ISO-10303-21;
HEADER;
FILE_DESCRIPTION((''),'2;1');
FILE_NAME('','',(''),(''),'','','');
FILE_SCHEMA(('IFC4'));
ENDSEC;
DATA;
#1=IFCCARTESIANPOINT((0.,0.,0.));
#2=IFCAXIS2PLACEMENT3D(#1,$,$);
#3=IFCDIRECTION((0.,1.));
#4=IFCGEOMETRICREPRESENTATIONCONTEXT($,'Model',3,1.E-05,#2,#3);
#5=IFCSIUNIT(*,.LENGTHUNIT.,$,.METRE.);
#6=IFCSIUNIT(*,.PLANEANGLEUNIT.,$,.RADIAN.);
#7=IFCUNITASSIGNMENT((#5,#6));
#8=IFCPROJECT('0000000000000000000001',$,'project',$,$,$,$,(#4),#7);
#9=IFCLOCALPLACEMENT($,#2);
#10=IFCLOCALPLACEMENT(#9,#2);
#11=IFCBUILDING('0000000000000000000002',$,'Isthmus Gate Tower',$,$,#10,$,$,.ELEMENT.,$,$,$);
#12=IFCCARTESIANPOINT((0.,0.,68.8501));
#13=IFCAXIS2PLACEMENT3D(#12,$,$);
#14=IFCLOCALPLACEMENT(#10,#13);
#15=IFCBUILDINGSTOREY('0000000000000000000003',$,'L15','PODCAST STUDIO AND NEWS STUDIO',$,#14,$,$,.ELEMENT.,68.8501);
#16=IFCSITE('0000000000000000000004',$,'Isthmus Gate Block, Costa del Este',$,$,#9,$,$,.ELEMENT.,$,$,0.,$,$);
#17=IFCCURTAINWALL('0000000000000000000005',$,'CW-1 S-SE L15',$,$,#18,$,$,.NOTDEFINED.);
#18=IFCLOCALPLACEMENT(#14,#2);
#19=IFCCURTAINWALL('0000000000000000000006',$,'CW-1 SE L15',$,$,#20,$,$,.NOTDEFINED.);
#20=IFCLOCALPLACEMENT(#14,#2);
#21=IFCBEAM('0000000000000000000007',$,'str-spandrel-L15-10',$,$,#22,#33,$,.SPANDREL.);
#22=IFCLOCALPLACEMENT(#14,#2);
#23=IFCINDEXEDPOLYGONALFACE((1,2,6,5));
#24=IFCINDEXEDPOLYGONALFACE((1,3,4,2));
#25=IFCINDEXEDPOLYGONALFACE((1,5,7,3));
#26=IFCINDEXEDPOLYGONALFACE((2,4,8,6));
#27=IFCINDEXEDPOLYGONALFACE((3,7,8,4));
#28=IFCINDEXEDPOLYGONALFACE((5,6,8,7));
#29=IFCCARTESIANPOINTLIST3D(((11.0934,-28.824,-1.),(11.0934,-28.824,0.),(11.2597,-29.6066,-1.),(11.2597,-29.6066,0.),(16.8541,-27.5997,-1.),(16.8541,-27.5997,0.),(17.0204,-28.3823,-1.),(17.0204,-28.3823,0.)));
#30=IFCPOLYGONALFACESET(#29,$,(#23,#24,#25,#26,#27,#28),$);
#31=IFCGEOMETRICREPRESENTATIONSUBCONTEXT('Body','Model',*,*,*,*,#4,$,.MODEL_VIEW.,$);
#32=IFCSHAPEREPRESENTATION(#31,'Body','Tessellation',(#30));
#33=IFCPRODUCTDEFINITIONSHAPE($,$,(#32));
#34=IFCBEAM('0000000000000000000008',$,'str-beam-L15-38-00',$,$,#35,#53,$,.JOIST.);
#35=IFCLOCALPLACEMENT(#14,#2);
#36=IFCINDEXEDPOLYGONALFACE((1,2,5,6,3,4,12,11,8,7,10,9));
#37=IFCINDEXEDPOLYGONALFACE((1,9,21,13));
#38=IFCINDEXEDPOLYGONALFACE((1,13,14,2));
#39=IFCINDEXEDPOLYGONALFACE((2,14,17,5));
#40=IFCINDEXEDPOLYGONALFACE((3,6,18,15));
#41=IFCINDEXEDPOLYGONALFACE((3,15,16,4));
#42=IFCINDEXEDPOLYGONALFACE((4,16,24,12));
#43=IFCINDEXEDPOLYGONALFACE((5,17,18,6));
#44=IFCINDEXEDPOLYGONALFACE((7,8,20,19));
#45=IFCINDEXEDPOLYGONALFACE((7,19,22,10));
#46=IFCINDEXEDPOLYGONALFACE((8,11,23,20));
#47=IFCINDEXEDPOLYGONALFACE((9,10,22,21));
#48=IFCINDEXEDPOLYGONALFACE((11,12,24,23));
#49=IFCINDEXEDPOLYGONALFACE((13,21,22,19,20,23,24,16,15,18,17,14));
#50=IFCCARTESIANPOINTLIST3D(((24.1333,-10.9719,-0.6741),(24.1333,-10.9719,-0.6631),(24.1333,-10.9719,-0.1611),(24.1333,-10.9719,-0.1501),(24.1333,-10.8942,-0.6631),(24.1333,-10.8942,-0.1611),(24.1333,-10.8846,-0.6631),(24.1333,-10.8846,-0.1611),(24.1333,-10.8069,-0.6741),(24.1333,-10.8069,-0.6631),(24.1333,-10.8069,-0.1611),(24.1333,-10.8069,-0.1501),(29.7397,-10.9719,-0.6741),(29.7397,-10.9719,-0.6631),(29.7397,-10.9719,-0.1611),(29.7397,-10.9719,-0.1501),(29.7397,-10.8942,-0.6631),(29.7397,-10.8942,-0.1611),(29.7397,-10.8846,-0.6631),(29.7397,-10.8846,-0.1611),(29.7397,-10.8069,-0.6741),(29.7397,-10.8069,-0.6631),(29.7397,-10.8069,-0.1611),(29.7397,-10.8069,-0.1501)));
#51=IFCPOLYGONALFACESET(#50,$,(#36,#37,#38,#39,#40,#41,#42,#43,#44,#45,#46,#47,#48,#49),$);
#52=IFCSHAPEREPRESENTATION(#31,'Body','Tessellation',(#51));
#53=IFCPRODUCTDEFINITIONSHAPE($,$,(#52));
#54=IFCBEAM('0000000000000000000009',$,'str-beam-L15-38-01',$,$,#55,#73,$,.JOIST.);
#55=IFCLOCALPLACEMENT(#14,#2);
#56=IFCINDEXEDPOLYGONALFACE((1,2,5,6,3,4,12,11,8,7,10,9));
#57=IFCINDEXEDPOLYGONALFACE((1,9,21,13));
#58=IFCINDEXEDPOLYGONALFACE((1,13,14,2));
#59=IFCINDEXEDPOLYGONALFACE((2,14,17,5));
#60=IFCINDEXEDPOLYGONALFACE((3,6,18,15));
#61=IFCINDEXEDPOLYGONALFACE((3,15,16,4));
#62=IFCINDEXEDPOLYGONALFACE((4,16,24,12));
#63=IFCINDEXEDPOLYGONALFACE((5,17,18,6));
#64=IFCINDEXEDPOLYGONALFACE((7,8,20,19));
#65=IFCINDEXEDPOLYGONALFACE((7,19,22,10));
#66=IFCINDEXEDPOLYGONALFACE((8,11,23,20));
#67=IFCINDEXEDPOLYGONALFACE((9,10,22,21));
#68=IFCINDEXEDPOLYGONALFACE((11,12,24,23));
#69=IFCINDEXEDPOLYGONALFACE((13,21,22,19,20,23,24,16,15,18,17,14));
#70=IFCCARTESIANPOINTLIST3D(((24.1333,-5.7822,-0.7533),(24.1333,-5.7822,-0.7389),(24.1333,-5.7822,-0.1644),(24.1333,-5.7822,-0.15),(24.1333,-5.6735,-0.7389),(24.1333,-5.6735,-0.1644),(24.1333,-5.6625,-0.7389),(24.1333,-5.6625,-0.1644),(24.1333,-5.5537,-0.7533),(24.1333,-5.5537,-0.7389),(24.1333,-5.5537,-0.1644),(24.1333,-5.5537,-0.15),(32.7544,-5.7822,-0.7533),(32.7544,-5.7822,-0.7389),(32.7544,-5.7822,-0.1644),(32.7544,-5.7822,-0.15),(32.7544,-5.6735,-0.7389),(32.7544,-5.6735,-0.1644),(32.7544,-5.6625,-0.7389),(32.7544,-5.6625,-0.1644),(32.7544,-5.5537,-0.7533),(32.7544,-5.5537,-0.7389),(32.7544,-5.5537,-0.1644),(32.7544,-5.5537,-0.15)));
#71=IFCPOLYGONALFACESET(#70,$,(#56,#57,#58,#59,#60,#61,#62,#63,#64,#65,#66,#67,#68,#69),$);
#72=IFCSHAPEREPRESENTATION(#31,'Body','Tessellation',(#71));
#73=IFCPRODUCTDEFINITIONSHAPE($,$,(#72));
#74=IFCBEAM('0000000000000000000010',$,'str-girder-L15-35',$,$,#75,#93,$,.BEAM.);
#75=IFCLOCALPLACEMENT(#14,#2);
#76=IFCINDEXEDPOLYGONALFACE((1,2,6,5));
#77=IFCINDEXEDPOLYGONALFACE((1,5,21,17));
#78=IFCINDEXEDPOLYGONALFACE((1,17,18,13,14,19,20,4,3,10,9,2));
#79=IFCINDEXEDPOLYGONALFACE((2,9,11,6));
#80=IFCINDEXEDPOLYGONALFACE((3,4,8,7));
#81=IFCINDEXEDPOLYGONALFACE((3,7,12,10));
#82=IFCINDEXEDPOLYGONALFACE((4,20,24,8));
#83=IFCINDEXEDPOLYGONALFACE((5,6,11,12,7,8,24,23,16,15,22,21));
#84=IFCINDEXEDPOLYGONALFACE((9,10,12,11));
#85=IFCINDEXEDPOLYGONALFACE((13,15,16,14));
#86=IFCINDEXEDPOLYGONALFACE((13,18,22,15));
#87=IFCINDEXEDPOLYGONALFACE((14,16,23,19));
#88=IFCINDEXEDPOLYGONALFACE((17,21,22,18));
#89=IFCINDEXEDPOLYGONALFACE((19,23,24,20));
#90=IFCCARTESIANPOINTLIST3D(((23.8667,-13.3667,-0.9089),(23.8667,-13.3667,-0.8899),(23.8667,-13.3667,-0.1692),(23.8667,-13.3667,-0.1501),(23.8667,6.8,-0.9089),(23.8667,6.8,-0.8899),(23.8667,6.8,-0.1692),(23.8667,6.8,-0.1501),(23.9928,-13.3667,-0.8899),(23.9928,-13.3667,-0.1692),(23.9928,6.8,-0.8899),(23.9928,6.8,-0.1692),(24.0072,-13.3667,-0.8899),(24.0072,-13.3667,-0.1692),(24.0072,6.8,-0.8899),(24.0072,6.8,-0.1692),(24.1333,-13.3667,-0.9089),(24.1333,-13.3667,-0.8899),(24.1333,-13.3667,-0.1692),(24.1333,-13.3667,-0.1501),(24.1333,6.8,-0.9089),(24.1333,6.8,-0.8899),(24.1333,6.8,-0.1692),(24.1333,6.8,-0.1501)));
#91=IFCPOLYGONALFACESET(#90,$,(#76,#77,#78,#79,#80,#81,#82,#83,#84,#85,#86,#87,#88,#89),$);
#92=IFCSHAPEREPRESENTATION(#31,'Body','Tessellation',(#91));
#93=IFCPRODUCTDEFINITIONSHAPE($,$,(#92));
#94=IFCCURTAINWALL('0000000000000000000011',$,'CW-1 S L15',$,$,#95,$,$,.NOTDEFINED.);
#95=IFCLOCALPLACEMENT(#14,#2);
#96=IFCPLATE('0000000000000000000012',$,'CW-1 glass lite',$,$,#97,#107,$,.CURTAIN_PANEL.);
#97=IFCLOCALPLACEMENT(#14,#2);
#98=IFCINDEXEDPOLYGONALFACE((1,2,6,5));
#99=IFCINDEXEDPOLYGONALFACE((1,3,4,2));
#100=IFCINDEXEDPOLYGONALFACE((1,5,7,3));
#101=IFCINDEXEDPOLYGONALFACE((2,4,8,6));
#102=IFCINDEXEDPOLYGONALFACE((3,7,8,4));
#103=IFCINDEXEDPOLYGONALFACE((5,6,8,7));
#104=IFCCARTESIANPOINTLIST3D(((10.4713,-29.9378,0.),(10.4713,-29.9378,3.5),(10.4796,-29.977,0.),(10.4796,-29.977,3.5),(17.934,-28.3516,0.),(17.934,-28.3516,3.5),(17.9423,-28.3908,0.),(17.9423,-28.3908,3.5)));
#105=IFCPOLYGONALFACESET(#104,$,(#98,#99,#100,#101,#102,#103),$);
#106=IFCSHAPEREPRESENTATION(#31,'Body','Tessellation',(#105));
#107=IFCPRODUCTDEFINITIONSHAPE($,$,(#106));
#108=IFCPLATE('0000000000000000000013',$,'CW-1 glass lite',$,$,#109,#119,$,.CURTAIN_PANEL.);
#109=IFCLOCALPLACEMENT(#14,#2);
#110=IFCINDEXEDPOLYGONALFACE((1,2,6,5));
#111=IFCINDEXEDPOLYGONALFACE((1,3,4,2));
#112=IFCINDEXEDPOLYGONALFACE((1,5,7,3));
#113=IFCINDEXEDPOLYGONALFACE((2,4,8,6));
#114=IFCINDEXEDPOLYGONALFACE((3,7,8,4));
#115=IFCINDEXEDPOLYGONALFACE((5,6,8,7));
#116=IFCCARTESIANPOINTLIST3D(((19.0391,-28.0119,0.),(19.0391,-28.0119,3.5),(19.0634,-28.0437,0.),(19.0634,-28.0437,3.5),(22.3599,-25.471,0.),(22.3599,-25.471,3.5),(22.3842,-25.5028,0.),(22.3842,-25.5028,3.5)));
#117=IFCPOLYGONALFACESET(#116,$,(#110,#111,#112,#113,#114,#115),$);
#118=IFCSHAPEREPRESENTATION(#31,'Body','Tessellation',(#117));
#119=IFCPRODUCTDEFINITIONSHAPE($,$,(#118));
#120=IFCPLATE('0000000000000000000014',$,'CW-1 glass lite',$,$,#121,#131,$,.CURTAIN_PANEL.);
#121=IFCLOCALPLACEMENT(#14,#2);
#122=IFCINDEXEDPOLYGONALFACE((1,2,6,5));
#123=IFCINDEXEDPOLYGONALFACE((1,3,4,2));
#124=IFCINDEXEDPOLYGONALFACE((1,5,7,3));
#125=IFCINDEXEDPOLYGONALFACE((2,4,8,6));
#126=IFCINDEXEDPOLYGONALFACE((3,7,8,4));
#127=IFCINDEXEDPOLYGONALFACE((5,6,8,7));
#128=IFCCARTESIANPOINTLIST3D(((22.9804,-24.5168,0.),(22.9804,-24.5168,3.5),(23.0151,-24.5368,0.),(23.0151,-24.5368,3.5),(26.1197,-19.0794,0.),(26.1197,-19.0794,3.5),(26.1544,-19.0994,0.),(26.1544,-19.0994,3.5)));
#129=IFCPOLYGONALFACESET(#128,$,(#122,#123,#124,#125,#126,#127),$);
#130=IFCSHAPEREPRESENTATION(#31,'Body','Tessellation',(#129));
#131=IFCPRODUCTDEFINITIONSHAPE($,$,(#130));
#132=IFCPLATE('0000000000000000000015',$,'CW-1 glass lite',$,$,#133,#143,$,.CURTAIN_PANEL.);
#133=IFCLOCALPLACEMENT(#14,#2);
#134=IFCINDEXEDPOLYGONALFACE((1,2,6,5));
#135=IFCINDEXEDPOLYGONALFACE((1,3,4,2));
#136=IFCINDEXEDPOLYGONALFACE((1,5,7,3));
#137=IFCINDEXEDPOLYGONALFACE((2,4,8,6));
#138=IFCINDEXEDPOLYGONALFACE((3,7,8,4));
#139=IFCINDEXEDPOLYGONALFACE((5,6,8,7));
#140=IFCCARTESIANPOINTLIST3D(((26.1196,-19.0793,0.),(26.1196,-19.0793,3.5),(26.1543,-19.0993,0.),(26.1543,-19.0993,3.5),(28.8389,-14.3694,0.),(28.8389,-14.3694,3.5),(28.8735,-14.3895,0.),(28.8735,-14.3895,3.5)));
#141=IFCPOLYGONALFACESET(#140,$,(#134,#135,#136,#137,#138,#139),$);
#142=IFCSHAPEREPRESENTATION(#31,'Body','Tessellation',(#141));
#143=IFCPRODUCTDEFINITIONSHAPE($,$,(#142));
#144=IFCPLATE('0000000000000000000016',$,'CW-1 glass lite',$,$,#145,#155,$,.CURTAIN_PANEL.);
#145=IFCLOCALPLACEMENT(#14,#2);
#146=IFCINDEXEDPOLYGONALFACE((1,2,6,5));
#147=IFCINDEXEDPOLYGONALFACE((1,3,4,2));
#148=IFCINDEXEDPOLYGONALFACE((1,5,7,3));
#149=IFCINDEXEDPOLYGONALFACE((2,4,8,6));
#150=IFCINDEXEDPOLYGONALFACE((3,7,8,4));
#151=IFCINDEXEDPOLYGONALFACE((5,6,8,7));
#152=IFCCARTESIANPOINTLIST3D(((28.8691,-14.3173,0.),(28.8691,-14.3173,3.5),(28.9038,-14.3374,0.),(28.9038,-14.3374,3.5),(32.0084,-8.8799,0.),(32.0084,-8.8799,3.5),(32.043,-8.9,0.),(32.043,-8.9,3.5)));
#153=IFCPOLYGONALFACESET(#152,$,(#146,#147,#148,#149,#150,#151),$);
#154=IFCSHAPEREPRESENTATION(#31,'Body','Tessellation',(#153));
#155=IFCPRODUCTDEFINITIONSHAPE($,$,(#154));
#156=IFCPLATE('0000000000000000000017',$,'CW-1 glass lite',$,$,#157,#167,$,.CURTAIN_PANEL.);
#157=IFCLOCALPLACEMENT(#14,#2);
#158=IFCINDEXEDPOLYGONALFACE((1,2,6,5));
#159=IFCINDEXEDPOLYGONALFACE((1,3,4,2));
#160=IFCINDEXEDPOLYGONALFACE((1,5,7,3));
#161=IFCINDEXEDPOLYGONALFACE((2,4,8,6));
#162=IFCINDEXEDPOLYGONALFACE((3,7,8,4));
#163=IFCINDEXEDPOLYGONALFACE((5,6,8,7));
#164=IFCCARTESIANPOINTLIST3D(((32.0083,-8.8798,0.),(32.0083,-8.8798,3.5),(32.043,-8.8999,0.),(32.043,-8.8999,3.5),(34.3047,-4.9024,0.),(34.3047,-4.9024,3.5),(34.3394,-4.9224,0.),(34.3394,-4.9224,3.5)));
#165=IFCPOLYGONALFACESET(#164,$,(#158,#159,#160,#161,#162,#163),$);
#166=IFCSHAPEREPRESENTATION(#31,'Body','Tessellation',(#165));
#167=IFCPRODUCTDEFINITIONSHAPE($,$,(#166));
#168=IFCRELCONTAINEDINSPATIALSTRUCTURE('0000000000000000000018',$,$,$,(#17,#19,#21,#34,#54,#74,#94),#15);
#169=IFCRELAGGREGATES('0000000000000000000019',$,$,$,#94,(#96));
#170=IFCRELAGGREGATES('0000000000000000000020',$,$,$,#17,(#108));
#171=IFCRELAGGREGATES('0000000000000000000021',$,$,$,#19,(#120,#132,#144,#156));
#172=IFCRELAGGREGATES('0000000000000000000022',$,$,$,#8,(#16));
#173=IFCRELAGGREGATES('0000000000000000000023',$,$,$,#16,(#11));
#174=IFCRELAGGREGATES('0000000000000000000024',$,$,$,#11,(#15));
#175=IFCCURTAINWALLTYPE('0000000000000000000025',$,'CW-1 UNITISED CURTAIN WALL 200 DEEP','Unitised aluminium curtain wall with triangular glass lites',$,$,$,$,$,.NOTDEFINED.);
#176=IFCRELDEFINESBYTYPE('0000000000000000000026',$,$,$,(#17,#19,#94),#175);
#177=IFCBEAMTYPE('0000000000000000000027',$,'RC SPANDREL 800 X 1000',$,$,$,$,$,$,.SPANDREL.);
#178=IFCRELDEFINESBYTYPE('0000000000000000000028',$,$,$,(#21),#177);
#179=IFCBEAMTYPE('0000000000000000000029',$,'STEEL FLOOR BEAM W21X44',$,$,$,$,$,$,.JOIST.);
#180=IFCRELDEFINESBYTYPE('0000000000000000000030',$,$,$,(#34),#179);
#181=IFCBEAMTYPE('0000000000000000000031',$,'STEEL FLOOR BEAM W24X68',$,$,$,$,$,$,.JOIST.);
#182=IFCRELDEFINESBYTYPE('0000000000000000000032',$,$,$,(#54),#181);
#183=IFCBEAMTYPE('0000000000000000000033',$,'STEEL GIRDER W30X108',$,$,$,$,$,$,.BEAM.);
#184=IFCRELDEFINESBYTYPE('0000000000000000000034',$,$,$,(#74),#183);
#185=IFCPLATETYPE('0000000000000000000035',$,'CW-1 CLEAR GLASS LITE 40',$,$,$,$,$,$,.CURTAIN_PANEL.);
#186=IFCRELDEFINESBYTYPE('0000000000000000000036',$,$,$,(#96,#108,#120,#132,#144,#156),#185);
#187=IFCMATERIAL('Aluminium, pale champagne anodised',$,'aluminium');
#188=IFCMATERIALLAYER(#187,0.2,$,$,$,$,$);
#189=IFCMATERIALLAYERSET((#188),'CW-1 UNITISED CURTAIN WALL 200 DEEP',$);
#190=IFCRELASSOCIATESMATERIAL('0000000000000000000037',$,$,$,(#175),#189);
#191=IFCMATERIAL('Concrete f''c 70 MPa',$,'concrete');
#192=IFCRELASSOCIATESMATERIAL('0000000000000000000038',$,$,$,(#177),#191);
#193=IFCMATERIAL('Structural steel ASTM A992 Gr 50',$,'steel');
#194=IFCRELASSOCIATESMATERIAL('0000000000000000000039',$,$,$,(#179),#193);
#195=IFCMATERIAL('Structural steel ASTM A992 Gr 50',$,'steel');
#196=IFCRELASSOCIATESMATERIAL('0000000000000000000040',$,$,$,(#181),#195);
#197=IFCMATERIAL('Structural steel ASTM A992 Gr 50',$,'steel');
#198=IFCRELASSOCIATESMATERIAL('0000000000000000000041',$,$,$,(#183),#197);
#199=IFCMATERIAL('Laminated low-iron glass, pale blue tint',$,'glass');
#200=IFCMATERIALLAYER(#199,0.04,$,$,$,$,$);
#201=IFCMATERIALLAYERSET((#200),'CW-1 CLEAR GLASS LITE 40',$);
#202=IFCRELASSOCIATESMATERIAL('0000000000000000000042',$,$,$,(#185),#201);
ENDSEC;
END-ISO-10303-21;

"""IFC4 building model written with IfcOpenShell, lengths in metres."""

from ifc_helpers import new_model, si_unit, direction, frame, origin, origin_2d, place, context, subcontext, project, spatial, rectangle, i_section, extrude, material, layer, layer_set, material_profile, profile_set, type_object, element, aggregate, save


model = new_model("IFC4")

# Units and contexts
model_context = context("Model", 3, precision=1e-05, world=origin(), true_north=direction((0.0, 1.0)))
body_context = subcontext(model_context, "Body", "Model", "MODEL_VIEW")
ifc_project = project(units=[si_unit("LENGTHUNIT", "METRE"), si_unit("PLANEANGLEUNIT", "RADIAN")], contexts=[model_context])

# Site, building, storey
site_placement = place(None, origin())
site = spatial("IfcSite", under=ifc_project, at=site_placement, Name="Isthmus Gate Block, Costa del Este", CompositionType="ELEMENT", RefElevation=0.0)
building_placement = place(site_placement, origin())
building = spatial("IfcBuilding", under=site, at=building_placement, Name="Isthmus Gate Tower", CompositionType="ELEMENT")
storey_placement = place(building_placement, frame((0.0, 0.0, 68.8501)))
storey = spatial("IfcBuildingStorey", under=building, at=storey_placement, Name="L15", Description="PODCAST STUDIO AND NEWS STUDIO", CompositionType="ELEMENT", Elevation=68.8501)

# Curtain wall
ifc_material_1 = material(Name="Aluminium, pale champagne anodised", Category="aluminium")
ifc_layer_1 = layer(ifc_material_1, 0.2)
ifc_layer_set_1 = layer_set([ifc_layer_1], Name="CW-1 UNITISED CURTAIN WALL 200 DEEP")
curtain_wall_type = type_object("IfcCurtainWallType", Name="CW-1 UNITISED CURTAIN WALL 200 DEEP", Description="Unitised aluminium curtain wall with triangular glass lites", PredefinedType="NOTDEFINED", material=ifc_layer_set_1)
curtain_wall_1_placement = place(storey_placement, origin())
curtain_wall_1 = element("IfcCurtainWall", 1, at=curtain_wall_1_placement, inside=storey, type_object=curtain_wall_type, Name="CW-1 S-SE L15", PredefinedType="NOTDEFINED")

# Curtain wall
curtain_wall_2_placement = place(storey_placement, origin())
curtain_wall_2 = element("IfcCurtainWall", 2, at=curtain_wall_2_placement, inside=storey, type_object=curtain_wall_type, Name="CW-1 SE L15", PredefinedType="NOTDEFINED")

# Beams
ifc_material_2 = material(Name="Concrete f'c 70 MPa", Category="concrete")
ifc_material_profile_1 = material_profile(ifc_material_2, rectangle(XDim=0.8, YDim=1.0, at=origin_2d()), Name="RC 800X1000")
ifc_profile_set_1 = profile_set([ifc_material_profile_1], Name="Concrete f'c 70 MPa")
beam_type_1 = type_object("IfcBeamType", Name="RC SPANDREL 800 X 1000", PredefinedType="SPANDREL", material=ifc_profile_set_1)
beam_1_placement = place(storey_placement, frame((16.9373, -27.991, -0.5), z_axis=(-0.978152, -0.207892, 0.0), x_axis=(0.207892, -0.978152, 0.0)))
element("IfcBeam", 3, at=beam_1_placement, inside=storey, type_object=beam_type_1, Name="str-spandrel-L15-10", PredefinedType="SPANDREL", context=body_context, shape_type="SweptSolid", body=[
    extrude(rectangle(XDim=0.8, YDim=1.0, at=origin_2d()), origin(), (0.0, 0.0, 1.0), 5.8894),
])
ifc_material_3 = material(Name="Structural steel ASTM A992 Gr 50", Category="steel")
ifc_material_profile_2 = material_profile(ifc_material_3, i_section(OverallWidth=0.165, OverallDepth=0.5239, WebThickness=0.0095, FlangeThickness=0.011, at=origin_2d()), Name="W21X44")
ifc_profile_set_2 = profile_set([ifc_material_profile_2], Name="Structural steel ASTM A992 Gr 50")
beam_type_2 = type_object("IfcBeamType", Name="STEEL FLOOR BEAM W21X44", PredefinedType="JOIST", material=ifc_profile_set_2)
beam_2_placement = place(storey_placement, frame((24.1333, -10.8894, -0.4121), z_axis=(1.0, 0.0, 0.0), x_axis=(0.0, 1.0, 0.0)))
element("IfcBeam", 4, at=beam_2_placement, inside=storey, type_object=beam_type_2, Name="str-beam-L15-38-00", PredefinedType="JOIST", context=body_context, shape_type="SweptSolid", body=[
    extrude(i_section(OverallWidth=0.165, OverallDepth=0.5239, WebThickness=0.0095, FlangeThickness=0.011, at=origin_2d()), origin(), (0.0, 0.0, 1.0), 5.6064),
])
ifc_material_4 = material(Name="Structural steel ASTM A992 Gr 50", Category="steel")
ifc_material_profile_3 = material_profile(ifc_material_4, i_section(OverallWidth=0.2285, OverallDepth=0.6033, WebThickness=0.011, FlangeThickness=0.0144, at=origin_2d()), Name="W24X68")
ifc_profile_set_3 = profile_set([ifc_material_profile_3], Name="Structural steel ASTM A992 Gr 50")
beam_type_3 = type_object("IfcBeamType", Name="STEEL FLOOR BEAM W24X68", PredefinedType="JOIST", material=ifc_profile_set_3)
beam_3_placement = place(storey_placement, frame((24.1333, -5.668, -0.4517), z_axis=(1.0, 0.0, 0.0), x_axis=(0.0, 1.0, 0.0)))
element("IfcBeam", 5, at=beam_3_placement, inside=storey, type_object=beam_type_3, Name="str-beam-L15-38-01", PredefinedType="JOIST", context=body_context, shape_type="SweptSolid", body=[
    extrude(i_section(OverallWidth=0.2285, OverallDepth=0.6033, WebThickness=0.011, FlangeThickness=0.0144, at=origin_2d()), origin(), (0.0, 0.0, 1.0), 8.6211),
])
ifc_material_5 = material(Name="Structural steel ASTM A992 Gr 50", Category="steel")
ifc_material_profile_4 = material_profile(ifc_material_5, i_section(OverallWidth=0.2666, OverallDepth=0.7588, WebThickness=0.0144, FlangeThickness=0.019, at=origin_2d()), Name="W30X108")
ifc_profile_set_4 = profile_set([ifc_material_profile_4], Name="Structural steel ASTM A992 Gr 50")
beam_type_4 = type_object("IfcBeamType", Name="STEEL GIRDER W30X108", PredefinedType="BEAM", material=ifc_profile_set_4)
beam_4_placement = place(storey_placement, frame((24.0, -13.3667, -0.5295), z_axis=(0.0, 1.0, 0.0), x_axis=(-1.0, 0.0, 0.0)))
element("IfcBeam", 6, at=beam_4_placement, inside=storey, type_object=beam_type_4, Name="str-girder-L15-35", PredefinedType="BEAM", context=body_context, shape_type="SweptSolid", body=[
    extrude(i_section(OverallWidth=0.2666, OverallDepth=0.7588, WebThickness=0.0144, FlangeThickness=0.019, at=origin_2d()), origin(), (0.0, 0.0, 1.0), 20.1667),
])

# Curtain wall, plate
curtain_wall_3_placement = place(storey_placement, origin())
curtain_wall_3 = element("IfcCurtainWall", 7, at=curtain_wall_3_placement, inside=storey, type_object=curtain_wall_type, Name="CW-1 S L15", PredefinedType="NOTDEFINED")
ifc_material_6 = material(Name="Laminated low-iron glass, pale blue tint", Category="glass")
ifc_layer_2 = layer(ifc_material_6, 0.04)
ifc_layer_set_2 = layer_set([ifc_layer_2], Name="CW-1 CLEAR GLASS LITE 40")
plate_type = type_object("IfcPlateType", Name="CW-1 CLEAR GLASS LITE 40", PredefinedType="CURTAIN_PANEL", material=ifc_layer_set_2)
plate_1_placement = place(storey_placement, frame((14.2068, -29.1643, 0.0), z_axis=(0.0, 0.0, 1.0), x_axis=(0.978148, 0.207912, 0.0)))
plate_1 = element("IfcPlate", 8, at=plate_1_placement, type_object=plate_type, Name="CW-1 glass lite", PredefinedType="CURTAIN_PANEL", context=body_context, shape_type="SweptSolid", body=[
    extrude(rectangle(XDim=7.6294, YDim=0.04, at=origin_2d()), origin(), (0.0, 0.0, 1.0), 3.5),
])
aggregate(curtain_wall_3, [plate_1])

# Plates
plate_2_placement = place(storey_placement, frame((20.7117, -26.7573, 0.0), z_axis=(0.0, 0.0, 1.0), x_axis=(0.794189, 0.607671, 0.0)))
plate_2 = element("IfcPlate", 9, at=plate_2_placement, type_object=plate_type, Name="CW-1 glass lite", PredefinedType="CURTAIN_PANEL", context=body_context, shape_type="SweptSolid", body=[
    extrude(rectangle(XDim=4.1814, YDim=0.04, at=origin_2d()), origin(), (0.0, 0.0, 1.0), 3.5),
])
aggregate(curtain_wall_1, [plate_2])
plate_3_placement = place(storey_placement, frame((24.5674, -21.8081, 0.0), z_axis=(0.0, 0.0, 1.0), x_axis=(0.5, 0.866025, 0.0)))
plate_3 = element("IfcPlate", 10, at=plate_3_placement, type_object=plate_type, Name="CW-1 glass lite", PredefinedType="CURTAIN_PANEL", context=body_context, shape_type="SweptSolid", body=[
    extrude(rectangle(XDim=6.2786, YDim=0.04, at=origin_2d()), origin(), (0.0, 0.0, 1.0), 3.5),
])
plate_4_placement = place(storey_placement, frame((27.4966, -16.7344, 0.0), z_axis=(0.0, 0.0, 1.0), x_axis=(0.5, 0.866025, 0.0)))
plate_4 = element("IfcPlate", 11, at=plate_4_placement, type_object=plate_type, Name="CW-1 glass lite", PredefinedType="CURTAIN_PANEL", context=body_context, shape_type="SweptSolid", body=[
    extrude(rectangle(XDim=5.4385, YDim=0.04, at=origin_2d()), origin(), (0.0, 0.0, 1.0), 3.5),
])
plate_5_placement = place(storey_placement, frame((30.4561, -11.6086, 0.0), z_axis=(0.0, 0.0, 1.0), x_axis=(0.5, 0.866025, 0.0)))
plate_5 = element("IfcPlate", 12, at=plate_5_placement, type_object=plate_type, Name="CW-1 glass lite", PredefinedType="CURTAIN_PANEL", context=body_context, shape_type="SweptSolid", body=[
    extrude(rectangle(XDim=6.2786, YDim=0.04, at=origin_2d()), origin(), (0.0, 0.0, 1.0), 3.5),
])
plate_6_placement = place(storey_placement, frame((33.1738, -6.9011, 0.0), z_axis=(0.0, 0.0, 1.0), x_axis=(0.5, 0.866025, 0.0)))
plate_6 = element("IfcPlate", 13, at=plate_6_placement, type_object=plate_type, Name="CW-1 glass lite", PredefinedType="CURTAIN_PANEL", context=body_context, shape_type="SweptSolid", body=[
    extrude(rectangle(XDim=4.5928, YDim=0.04, at=origin_2d()), origin(), (0.0, 0.0, 1.0), 3.5),
])
aggregate(curtain_wall_2, [plate_3, plate_4, plate_5, plate_6])

save(model, "model.ifc")
